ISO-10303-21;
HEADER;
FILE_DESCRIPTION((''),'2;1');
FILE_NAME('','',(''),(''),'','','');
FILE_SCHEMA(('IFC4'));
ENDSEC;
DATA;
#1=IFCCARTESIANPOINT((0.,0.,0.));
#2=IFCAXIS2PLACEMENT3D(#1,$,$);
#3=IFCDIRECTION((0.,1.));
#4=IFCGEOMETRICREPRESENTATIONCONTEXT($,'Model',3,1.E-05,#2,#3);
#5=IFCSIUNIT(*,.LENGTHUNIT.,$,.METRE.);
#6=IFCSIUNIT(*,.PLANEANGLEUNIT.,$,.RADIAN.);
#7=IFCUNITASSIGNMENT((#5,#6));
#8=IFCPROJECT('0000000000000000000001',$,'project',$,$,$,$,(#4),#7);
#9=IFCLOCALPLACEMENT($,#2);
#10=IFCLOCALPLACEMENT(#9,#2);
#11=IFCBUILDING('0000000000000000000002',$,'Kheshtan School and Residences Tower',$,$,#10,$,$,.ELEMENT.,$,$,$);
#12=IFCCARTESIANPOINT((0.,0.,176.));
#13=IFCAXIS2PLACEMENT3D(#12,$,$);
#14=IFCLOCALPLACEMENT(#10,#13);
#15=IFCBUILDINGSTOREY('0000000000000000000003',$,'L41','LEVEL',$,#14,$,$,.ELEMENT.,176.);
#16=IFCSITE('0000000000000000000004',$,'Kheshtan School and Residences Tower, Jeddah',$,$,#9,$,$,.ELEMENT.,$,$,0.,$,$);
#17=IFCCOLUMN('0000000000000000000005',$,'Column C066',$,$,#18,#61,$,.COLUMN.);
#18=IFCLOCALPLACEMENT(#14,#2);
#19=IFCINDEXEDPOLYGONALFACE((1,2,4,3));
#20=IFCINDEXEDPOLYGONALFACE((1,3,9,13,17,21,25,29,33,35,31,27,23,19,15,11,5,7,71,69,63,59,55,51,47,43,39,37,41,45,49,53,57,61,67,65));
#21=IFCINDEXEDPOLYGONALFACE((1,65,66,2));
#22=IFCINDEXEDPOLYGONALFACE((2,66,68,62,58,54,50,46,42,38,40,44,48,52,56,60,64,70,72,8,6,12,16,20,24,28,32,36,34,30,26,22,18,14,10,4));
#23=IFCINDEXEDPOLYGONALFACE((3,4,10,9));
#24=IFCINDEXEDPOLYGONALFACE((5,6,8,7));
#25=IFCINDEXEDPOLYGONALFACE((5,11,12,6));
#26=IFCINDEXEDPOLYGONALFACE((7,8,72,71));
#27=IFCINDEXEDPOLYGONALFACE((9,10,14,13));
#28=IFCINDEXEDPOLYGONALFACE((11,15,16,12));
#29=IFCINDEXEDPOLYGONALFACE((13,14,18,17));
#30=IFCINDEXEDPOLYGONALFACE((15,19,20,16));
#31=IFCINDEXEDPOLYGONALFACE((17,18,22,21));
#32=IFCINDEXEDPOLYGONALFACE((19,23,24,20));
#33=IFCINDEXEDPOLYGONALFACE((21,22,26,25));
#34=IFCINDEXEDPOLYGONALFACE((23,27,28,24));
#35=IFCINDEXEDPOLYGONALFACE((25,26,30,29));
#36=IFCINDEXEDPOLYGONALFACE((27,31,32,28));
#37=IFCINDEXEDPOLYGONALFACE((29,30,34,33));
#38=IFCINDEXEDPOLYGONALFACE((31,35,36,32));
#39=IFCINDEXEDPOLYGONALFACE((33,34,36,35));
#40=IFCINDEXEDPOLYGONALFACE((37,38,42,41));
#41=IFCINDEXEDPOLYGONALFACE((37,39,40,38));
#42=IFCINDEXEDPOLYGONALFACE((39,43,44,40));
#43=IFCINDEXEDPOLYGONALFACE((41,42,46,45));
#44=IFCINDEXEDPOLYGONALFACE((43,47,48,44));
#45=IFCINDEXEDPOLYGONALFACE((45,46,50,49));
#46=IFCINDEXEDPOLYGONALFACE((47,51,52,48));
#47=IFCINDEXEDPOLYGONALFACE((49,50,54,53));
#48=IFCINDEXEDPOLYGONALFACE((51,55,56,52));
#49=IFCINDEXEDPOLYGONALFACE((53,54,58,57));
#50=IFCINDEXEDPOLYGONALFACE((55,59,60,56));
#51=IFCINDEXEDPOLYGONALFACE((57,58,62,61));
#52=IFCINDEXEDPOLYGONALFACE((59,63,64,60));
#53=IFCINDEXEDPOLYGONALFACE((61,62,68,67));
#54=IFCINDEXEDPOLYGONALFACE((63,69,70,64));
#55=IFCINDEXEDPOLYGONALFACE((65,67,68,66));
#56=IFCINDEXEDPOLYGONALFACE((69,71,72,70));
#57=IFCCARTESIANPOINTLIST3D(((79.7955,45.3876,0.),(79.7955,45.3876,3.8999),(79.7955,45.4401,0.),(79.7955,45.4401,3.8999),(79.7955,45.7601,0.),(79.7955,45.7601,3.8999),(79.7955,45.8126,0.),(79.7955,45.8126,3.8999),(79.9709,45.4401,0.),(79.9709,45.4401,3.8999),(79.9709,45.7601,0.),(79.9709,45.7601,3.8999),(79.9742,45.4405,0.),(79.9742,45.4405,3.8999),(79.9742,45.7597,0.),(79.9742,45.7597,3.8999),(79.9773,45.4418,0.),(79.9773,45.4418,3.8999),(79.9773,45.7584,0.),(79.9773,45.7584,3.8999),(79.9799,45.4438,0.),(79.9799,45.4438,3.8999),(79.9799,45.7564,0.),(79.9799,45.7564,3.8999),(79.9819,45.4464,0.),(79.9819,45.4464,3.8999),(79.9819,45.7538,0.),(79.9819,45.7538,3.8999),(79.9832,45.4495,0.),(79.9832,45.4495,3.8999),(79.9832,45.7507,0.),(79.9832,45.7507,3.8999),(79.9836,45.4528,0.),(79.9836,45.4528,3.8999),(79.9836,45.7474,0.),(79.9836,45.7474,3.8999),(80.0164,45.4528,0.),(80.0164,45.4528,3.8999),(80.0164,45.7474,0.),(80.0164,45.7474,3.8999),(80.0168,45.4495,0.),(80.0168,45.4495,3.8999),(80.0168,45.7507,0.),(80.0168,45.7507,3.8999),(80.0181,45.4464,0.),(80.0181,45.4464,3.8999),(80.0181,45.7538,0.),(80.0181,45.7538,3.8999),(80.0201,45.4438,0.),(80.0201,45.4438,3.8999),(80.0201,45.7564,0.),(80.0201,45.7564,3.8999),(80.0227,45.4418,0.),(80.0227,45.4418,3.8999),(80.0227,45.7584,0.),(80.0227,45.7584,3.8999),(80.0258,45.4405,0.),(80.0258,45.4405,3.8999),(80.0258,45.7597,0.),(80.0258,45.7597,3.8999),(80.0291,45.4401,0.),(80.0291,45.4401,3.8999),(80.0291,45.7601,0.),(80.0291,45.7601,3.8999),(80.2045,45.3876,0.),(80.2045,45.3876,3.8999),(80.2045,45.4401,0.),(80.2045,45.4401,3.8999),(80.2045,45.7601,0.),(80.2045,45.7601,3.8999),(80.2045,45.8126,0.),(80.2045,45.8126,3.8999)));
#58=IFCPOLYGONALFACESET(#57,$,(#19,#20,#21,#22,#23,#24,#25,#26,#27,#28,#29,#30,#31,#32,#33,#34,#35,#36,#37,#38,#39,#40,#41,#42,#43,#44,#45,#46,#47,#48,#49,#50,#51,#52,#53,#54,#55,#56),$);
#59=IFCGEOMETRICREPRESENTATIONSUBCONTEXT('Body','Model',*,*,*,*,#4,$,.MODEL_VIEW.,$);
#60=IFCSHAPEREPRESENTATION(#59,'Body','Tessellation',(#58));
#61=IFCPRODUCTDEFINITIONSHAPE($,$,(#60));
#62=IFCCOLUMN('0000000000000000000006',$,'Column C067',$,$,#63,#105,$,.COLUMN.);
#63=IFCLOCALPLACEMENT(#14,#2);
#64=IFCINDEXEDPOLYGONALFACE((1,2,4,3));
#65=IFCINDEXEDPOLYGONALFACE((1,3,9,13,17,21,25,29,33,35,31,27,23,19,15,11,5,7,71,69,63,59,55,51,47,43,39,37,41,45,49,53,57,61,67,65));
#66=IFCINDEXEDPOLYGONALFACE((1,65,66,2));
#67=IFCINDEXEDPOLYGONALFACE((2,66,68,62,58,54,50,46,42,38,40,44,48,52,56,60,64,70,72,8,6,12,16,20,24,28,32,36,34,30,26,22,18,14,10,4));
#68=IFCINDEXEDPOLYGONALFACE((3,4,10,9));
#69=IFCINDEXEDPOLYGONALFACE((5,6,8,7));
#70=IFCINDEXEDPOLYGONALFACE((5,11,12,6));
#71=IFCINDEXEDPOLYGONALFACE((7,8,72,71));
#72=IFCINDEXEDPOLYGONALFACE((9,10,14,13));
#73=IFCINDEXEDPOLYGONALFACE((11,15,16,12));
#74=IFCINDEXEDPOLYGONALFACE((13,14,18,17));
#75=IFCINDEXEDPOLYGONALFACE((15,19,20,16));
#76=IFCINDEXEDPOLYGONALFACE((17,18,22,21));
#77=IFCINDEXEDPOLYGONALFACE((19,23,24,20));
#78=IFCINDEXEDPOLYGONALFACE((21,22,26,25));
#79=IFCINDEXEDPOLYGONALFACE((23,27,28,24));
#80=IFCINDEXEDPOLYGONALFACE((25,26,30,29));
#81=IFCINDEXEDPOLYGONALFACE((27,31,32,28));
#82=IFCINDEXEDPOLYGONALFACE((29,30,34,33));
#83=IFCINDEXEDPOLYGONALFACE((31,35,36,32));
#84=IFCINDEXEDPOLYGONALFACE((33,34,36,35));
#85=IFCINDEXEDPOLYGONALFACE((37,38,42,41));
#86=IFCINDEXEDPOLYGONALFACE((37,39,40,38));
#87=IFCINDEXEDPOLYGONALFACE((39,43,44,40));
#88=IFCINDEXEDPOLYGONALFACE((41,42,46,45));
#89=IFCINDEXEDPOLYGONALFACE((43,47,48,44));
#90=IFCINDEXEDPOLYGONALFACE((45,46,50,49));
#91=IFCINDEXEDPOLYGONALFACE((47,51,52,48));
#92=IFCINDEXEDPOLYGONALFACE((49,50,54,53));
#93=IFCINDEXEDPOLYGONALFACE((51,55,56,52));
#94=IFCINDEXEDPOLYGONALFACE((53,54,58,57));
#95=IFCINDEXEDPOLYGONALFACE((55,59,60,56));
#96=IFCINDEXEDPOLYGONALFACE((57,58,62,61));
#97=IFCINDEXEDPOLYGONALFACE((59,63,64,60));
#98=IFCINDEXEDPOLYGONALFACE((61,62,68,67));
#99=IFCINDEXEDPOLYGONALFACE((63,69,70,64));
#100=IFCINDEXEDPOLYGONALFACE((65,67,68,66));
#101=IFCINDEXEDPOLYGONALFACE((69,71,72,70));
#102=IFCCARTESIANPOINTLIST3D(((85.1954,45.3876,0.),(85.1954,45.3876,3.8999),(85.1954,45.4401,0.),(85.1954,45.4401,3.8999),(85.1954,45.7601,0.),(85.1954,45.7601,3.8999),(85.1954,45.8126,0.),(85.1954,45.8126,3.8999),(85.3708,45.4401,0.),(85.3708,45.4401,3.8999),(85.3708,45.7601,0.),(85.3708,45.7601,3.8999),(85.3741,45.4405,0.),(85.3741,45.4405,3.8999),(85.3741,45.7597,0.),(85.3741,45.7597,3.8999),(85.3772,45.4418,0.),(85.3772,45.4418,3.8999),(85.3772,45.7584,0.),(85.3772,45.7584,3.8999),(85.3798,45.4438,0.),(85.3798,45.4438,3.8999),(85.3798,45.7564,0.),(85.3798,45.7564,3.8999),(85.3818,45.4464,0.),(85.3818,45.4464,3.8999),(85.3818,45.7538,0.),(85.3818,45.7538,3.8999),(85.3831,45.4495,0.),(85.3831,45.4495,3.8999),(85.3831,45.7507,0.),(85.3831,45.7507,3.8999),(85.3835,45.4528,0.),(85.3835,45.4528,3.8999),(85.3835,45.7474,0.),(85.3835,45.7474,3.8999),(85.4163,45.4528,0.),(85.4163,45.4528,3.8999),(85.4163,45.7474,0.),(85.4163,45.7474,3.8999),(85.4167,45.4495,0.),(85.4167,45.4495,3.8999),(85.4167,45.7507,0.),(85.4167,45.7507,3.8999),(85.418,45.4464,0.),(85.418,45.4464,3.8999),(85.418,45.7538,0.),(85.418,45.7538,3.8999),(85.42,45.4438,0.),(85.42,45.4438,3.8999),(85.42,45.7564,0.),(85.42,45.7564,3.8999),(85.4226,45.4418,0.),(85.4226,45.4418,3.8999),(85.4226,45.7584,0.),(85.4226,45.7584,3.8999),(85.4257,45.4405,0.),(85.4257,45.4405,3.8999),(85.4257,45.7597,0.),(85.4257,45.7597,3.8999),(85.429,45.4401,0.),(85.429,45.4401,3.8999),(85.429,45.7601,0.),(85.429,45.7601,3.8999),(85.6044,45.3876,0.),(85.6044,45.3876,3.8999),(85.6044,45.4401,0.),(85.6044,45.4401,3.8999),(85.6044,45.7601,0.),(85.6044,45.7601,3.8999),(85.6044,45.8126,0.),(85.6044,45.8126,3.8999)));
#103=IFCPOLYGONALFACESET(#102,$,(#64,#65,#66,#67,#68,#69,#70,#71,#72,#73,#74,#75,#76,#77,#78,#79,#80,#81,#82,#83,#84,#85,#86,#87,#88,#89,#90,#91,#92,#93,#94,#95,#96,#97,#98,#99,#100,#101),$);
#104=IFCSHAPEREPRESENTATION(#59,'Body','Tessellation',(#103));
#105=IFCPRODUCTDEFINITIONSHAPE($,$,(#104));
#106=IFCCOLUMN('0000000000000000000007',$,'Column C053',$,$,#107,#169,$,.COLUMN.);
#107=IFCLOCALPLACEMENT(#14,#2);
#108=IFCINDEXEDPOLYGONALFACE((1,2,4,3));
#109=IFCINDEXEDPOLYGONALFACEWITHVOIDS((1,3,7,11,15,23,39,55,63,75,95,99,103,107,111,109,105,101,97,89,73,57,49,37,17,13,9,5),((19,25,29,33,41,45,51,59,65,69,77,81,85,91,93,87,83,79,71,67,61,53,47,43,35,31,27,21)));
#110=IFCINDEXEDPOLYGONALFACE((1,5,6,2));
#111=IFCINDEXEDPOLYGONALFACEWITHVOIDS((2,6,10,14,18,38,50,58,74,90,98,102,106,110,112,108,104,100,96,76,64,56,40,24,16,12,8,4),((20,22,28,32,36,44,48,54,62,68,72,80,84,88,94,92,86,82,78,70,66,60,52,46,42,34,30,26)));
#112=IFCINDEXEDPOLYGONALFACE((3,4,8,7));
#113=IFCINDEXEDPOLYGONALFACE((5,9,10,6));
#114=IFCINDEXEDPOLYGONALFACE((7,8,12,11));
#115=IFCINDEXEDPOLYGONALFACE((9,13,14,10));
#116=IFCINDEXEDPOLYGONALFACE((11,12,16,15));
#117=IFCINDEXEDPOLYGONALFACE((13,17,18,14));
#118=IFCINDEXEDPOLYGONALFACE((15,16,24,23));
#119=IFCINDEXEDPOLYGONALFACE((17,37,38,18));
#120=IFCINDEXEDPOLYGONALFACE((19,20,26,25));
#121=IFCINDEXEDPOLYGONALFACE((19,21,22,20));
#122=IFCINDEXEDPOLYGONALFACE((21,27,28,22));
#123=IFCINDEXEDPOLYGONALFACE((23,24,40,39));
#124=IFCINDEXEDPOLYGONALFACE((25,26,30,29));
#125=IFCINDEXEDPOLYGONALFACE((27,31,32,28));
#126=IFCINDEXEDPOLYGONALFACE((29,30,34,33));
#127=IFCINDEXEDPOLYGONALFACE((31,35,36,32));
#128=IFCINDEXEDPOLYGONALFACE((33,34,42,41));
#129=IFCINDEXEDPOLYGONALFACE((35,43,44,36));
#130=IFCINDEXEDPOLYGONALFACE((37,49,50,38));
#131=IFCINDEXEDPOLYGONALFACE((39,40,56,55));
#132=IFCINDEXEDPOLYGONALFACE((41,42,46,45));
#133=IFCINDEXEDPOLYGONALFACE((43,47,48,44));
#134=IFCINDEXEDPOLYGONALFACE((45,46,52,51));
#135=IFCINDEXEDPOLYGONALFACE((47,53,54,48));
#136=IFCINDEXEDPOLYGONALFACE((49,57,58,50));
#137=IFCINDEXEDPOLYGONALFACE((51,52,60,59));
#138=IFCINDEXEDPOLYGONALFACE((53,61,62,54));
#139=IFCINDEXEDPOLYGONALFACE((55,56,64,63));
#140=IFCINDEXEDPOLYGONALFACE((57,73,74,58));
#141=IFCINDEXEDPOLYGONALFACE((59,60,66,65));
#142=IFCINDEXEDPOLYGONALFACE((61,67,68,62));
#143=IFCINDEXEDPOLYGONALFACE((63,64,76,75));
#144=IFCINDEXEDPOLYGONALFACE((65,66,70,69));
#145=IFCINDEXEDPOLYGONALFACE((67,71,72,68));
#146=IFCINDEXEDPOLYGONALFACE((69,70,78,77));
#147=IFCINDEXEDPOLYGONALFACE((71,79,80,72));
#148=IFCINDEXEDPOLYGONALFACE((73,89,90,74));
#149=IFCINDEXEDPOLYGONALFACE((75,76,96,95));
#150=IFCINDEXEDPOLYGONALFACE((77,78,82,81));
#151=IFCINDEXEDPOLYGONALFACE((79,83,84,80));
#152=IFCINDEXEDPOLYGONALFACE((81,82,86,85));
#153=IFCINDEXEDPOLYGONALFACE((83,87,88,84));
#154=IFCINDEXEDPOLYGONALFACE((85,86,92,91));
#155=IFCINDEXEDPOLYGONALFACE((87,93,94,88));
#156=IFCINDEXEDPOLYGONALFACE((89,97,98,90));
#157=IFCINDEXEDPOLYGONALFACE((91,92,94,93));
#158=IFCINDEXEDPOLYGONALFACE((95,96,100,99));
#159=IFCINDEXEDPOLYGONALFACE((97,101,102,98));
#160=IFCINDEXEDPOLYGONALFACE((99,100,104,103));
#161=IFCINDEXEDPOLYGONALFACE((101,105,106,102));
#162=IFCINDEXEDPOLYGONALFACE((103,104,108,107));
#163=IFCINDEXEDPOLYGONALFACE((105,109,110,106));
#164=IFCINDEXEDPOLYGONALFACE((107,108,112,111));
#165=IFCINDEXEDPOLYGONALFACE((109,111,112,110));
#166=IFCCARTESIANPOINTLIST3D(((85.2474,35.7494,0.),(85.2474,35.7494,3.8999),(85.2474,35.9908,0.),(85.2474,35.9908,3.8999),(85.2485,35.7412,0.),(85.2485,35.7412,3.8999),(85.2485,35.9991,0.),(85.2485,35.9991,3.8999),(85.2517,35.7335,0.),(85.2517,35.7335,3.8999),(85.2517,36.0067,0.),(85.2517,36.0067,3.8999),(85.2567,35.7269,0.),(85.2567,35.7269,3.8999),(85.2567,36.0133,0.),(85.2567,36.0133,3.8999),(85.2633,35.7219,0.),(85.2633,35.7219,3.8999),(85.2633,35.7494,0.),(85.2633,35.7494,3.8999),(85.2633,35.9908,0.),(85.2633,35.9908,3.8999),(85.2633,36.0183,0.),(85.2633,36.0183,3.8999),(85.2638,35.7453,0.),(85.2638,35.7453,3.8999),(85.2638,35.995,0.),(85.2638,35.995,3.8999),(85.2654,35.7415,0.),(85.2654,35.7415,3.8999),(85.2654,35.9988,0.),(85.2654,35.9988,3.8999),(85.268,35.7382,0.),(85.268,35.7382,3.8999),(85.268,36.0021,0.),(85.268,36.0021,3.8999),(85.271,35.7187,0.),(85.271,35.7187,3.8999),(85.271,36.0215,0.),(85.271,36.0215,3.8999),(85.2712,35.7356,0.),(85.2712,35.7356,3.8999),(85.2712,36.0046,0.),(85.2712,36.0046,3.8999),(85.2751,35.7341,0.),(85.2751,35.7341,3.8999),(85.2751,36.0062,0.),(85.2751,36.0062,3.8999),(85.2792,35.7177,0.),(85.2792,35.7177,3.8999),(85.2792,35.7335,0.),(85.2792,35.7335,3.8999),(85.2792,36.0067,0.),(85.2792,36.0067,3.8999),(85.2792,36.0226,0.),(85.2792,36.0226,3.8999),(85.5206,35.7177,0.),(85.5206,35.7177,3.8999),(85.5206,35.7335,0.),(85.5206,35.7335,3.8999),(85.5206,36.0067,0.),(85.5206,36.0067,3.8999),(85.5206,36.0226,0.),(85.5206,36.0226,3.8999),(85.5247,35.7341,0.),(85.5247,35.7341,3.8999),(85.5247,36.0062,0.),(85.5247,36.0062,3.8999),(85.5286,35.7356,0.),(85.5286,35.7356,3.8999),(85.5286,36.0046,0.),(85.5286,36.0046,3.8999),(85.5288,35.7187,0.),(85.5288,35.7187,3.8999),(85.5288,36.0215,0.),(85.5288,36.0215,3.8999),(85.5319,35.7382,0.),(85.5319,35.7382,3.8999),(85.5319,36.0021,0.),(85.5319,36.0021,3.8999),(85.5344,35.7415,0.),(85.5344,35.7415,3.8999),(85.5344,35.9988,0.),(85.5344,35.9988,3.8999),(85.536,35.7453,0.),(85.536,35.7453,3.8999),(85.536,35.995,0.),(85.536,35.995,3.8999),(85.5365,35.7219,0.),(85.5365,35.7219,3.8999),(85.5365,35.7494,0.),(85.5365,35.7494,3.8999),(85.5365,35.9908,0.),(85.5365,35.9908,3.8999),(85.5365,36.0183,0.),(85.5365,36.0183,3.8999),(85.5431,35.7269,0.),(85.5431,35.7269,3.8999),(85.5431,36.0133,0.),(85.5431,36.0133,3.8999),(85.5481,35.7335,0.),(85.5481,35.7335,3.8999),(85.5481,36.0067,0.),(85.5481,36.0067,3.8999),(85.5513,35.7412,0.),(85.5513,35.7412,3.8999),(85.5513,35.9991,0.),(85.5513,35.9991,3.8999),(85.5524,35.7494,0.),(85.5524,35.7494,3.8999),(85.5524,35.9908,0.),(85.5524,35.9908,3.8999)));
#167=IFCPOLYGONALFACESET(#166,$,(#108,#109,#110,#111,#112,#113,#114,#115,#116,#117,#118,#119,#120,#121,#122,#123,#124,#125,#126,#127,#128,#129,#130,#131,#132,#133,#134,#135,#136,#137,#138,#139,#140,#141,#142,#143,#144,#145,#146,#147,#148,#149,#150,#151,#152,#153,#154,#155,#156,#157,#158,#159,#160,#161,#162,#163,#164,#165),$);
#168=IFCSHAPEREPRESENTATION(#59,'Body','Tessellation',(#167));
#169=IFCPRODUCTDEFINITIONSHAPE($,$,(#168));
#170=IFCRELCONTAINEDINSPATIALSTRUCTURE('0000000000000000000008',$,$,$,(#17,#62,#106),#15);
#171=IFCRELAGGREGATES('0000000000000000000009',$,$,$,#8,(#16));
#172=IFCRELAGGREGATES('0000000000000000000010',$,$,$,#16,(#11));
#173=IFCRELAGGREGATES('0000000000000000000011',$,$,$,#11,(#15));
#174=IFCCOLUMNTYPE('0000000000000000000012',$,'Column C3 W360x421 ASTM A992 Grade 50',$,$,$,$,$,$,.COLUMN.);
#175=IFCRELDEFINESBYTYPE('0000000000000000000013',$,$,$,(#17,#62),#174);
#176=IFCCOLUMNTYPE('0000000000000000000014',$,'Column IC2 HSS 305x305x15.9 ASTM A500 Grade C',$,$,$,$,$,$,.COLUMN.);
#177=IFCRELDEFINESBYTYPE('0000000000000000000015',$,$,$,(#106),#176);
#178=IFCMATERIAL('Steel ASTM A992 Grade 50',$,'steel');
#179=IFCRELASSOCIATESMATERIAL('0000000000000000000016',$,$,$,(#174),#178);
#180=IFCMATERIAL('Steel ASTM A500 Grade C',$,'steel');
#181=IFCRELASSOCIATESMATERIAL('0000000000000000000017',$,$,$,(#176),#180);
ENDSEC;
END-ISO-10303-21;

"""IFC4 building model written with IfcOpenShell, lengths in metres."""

from ifc_helpers import new_model, si_unit, direction, frame, origin, origin_2d, place, context, subcontext, project, spatial, hollow_rectangle, i_section, extrude, material, material_profile, profile_set, type_object, element, save


model = new_model("IFC4")

# Units and contexts
model_context = context("Model", 3, precision=1e-05, world=origin(), true_north=direction((0.0, 1.0)))
body_context = subcontext(model_context, "Body", "Model", "MODEL_VIEW")
ifc_project = project(units=[si_unit("LENGTHUNIT", "METRE"), si_unit("PLANEANGLEUNIT", "RADIAN")], contexts=[model_context])

# Site, building, storey
site_placement = place(None, origin())
site = spatial("IfcSite", under=ifc_project, at=site_placement, Name="Kheshtan School and Residences Tower, Jeddah", CompositionType="ELEMENT", RefElevation=0.0)
building_placement = place(site_placement, origin())
building = spatial("IfcBuilding", under=site, at=building_placement, Name="Kheshtan School and Residences Tower", CompositionType="ELEMENT")
storey_placement = place(building_placement, frame((0.0, 0.0, 176.0)))
storey = spatial("IfcBuildingStorey", under=building, at=storey_placement, Name="L41", Description="LEVEL", CompositionType="ELEMENT", Elevation=176.0)

# Columns
ifc_material_1 = material(Name="Steel ASTM A992 Grade 50", Category="steel")
ifc_material_profile_1 = material_profile(ifc_material_1, i_section(OverallWidth=0.4089, OverallDepth=0.425, WebThickness=0.0327, FlangeThickness=0.0525, FilletRadius=0.0127, at=origin_2d()), Name="W360x421")
ifc_profile_set_1 = profile_set([ifc_material_profile_1], Name="Steel ASTM A992 Grade 50")
column_type_1 = type_object("IfcColumnType", Name="Column C3 W360x421 ASTM A992 Grade 50", PredefinedType="COLUMN", material=ifc_profile_set_1)
for number, where, z_axis, x_axis, name in (
    (1, (80.0, 45.6001, 0.0), (0.0, 0.0, 1.0), (1.0, 0.0, 0.0), "Column C066"),
    (2, (85.3999, 45.6001, 0.0), (0.0, 0.0, 1.0), (1.0, 0.0, 0.0), "Column C067"),
):
    element("IfcColumn", number, at=place(storey_placement, frame(where, z_axis=z_axis, x_axis=x_axis)), inside=storey, type_object=column_type_1, Name=name, PredefinedType="COLUMN", context=body_context, shape_type="SweptSolid", body=[
        extrude(i_section(OverallWidth=0.4089, OverallDepth=0.425, WebThickness=0.0327, FlangeThickness=0.0525, FilletRadius=0.0127, at=origin_2d()), origin(), (0.0, 0.0, 1.0), 3.8999),
    ])
ifc_material_2 = material(Name="Steel ASTM A500 Grade C", Category="steel")
ifc_material_profile_2 = material_profile(ifc_material_2, hollow_rectangle(XDim=0.3049, YDim=0.3049, WallThickness=0.0159, InnerFilletRadius=0.0159, OuterFilletRadius=0.0317, at=origin_2d()), Name="HSS 305x305x15.9")
ifc_profile_set_2 = profile_set([ifc_material_profile_2], Name="Steel ASTM A500 Grade C")
column_type_2 = type_object("IfcColumnType", Name="Column IC2 HSS 305x305x15.9 ASTM A500 Grade C", PredefinedType="COLUMN", material=ifc_profile_set_2)
for number, where, z_axis, x_axis, name in (
    (3, (85.3999, 35.8701, 0.0), (0.0, 0.0, 1.0), (1.0, 0.0, 0.0), "Column C053"),
):
    element("IfcColumn", number, at=place(storey_placement, frame(where, z_axis=z_axis, x_axis=x_axis)), inside=storey, type_object=column_type_2, Name=name, PredefinedType="COLUMN", context=body_context, shape_type="SweptSolid", body=[
        extrude(hollow_rectangle(XDim=0.3049, YDim=0.3049, WallThickness=0.0159, InnerFilletRadius=0.0159, OuterFilletRadius=0.0317, at=origin_2d()), origin(), (0.0, 0.0, 1.0), 3.8999),
    ])

save(model, "model.ifc")
